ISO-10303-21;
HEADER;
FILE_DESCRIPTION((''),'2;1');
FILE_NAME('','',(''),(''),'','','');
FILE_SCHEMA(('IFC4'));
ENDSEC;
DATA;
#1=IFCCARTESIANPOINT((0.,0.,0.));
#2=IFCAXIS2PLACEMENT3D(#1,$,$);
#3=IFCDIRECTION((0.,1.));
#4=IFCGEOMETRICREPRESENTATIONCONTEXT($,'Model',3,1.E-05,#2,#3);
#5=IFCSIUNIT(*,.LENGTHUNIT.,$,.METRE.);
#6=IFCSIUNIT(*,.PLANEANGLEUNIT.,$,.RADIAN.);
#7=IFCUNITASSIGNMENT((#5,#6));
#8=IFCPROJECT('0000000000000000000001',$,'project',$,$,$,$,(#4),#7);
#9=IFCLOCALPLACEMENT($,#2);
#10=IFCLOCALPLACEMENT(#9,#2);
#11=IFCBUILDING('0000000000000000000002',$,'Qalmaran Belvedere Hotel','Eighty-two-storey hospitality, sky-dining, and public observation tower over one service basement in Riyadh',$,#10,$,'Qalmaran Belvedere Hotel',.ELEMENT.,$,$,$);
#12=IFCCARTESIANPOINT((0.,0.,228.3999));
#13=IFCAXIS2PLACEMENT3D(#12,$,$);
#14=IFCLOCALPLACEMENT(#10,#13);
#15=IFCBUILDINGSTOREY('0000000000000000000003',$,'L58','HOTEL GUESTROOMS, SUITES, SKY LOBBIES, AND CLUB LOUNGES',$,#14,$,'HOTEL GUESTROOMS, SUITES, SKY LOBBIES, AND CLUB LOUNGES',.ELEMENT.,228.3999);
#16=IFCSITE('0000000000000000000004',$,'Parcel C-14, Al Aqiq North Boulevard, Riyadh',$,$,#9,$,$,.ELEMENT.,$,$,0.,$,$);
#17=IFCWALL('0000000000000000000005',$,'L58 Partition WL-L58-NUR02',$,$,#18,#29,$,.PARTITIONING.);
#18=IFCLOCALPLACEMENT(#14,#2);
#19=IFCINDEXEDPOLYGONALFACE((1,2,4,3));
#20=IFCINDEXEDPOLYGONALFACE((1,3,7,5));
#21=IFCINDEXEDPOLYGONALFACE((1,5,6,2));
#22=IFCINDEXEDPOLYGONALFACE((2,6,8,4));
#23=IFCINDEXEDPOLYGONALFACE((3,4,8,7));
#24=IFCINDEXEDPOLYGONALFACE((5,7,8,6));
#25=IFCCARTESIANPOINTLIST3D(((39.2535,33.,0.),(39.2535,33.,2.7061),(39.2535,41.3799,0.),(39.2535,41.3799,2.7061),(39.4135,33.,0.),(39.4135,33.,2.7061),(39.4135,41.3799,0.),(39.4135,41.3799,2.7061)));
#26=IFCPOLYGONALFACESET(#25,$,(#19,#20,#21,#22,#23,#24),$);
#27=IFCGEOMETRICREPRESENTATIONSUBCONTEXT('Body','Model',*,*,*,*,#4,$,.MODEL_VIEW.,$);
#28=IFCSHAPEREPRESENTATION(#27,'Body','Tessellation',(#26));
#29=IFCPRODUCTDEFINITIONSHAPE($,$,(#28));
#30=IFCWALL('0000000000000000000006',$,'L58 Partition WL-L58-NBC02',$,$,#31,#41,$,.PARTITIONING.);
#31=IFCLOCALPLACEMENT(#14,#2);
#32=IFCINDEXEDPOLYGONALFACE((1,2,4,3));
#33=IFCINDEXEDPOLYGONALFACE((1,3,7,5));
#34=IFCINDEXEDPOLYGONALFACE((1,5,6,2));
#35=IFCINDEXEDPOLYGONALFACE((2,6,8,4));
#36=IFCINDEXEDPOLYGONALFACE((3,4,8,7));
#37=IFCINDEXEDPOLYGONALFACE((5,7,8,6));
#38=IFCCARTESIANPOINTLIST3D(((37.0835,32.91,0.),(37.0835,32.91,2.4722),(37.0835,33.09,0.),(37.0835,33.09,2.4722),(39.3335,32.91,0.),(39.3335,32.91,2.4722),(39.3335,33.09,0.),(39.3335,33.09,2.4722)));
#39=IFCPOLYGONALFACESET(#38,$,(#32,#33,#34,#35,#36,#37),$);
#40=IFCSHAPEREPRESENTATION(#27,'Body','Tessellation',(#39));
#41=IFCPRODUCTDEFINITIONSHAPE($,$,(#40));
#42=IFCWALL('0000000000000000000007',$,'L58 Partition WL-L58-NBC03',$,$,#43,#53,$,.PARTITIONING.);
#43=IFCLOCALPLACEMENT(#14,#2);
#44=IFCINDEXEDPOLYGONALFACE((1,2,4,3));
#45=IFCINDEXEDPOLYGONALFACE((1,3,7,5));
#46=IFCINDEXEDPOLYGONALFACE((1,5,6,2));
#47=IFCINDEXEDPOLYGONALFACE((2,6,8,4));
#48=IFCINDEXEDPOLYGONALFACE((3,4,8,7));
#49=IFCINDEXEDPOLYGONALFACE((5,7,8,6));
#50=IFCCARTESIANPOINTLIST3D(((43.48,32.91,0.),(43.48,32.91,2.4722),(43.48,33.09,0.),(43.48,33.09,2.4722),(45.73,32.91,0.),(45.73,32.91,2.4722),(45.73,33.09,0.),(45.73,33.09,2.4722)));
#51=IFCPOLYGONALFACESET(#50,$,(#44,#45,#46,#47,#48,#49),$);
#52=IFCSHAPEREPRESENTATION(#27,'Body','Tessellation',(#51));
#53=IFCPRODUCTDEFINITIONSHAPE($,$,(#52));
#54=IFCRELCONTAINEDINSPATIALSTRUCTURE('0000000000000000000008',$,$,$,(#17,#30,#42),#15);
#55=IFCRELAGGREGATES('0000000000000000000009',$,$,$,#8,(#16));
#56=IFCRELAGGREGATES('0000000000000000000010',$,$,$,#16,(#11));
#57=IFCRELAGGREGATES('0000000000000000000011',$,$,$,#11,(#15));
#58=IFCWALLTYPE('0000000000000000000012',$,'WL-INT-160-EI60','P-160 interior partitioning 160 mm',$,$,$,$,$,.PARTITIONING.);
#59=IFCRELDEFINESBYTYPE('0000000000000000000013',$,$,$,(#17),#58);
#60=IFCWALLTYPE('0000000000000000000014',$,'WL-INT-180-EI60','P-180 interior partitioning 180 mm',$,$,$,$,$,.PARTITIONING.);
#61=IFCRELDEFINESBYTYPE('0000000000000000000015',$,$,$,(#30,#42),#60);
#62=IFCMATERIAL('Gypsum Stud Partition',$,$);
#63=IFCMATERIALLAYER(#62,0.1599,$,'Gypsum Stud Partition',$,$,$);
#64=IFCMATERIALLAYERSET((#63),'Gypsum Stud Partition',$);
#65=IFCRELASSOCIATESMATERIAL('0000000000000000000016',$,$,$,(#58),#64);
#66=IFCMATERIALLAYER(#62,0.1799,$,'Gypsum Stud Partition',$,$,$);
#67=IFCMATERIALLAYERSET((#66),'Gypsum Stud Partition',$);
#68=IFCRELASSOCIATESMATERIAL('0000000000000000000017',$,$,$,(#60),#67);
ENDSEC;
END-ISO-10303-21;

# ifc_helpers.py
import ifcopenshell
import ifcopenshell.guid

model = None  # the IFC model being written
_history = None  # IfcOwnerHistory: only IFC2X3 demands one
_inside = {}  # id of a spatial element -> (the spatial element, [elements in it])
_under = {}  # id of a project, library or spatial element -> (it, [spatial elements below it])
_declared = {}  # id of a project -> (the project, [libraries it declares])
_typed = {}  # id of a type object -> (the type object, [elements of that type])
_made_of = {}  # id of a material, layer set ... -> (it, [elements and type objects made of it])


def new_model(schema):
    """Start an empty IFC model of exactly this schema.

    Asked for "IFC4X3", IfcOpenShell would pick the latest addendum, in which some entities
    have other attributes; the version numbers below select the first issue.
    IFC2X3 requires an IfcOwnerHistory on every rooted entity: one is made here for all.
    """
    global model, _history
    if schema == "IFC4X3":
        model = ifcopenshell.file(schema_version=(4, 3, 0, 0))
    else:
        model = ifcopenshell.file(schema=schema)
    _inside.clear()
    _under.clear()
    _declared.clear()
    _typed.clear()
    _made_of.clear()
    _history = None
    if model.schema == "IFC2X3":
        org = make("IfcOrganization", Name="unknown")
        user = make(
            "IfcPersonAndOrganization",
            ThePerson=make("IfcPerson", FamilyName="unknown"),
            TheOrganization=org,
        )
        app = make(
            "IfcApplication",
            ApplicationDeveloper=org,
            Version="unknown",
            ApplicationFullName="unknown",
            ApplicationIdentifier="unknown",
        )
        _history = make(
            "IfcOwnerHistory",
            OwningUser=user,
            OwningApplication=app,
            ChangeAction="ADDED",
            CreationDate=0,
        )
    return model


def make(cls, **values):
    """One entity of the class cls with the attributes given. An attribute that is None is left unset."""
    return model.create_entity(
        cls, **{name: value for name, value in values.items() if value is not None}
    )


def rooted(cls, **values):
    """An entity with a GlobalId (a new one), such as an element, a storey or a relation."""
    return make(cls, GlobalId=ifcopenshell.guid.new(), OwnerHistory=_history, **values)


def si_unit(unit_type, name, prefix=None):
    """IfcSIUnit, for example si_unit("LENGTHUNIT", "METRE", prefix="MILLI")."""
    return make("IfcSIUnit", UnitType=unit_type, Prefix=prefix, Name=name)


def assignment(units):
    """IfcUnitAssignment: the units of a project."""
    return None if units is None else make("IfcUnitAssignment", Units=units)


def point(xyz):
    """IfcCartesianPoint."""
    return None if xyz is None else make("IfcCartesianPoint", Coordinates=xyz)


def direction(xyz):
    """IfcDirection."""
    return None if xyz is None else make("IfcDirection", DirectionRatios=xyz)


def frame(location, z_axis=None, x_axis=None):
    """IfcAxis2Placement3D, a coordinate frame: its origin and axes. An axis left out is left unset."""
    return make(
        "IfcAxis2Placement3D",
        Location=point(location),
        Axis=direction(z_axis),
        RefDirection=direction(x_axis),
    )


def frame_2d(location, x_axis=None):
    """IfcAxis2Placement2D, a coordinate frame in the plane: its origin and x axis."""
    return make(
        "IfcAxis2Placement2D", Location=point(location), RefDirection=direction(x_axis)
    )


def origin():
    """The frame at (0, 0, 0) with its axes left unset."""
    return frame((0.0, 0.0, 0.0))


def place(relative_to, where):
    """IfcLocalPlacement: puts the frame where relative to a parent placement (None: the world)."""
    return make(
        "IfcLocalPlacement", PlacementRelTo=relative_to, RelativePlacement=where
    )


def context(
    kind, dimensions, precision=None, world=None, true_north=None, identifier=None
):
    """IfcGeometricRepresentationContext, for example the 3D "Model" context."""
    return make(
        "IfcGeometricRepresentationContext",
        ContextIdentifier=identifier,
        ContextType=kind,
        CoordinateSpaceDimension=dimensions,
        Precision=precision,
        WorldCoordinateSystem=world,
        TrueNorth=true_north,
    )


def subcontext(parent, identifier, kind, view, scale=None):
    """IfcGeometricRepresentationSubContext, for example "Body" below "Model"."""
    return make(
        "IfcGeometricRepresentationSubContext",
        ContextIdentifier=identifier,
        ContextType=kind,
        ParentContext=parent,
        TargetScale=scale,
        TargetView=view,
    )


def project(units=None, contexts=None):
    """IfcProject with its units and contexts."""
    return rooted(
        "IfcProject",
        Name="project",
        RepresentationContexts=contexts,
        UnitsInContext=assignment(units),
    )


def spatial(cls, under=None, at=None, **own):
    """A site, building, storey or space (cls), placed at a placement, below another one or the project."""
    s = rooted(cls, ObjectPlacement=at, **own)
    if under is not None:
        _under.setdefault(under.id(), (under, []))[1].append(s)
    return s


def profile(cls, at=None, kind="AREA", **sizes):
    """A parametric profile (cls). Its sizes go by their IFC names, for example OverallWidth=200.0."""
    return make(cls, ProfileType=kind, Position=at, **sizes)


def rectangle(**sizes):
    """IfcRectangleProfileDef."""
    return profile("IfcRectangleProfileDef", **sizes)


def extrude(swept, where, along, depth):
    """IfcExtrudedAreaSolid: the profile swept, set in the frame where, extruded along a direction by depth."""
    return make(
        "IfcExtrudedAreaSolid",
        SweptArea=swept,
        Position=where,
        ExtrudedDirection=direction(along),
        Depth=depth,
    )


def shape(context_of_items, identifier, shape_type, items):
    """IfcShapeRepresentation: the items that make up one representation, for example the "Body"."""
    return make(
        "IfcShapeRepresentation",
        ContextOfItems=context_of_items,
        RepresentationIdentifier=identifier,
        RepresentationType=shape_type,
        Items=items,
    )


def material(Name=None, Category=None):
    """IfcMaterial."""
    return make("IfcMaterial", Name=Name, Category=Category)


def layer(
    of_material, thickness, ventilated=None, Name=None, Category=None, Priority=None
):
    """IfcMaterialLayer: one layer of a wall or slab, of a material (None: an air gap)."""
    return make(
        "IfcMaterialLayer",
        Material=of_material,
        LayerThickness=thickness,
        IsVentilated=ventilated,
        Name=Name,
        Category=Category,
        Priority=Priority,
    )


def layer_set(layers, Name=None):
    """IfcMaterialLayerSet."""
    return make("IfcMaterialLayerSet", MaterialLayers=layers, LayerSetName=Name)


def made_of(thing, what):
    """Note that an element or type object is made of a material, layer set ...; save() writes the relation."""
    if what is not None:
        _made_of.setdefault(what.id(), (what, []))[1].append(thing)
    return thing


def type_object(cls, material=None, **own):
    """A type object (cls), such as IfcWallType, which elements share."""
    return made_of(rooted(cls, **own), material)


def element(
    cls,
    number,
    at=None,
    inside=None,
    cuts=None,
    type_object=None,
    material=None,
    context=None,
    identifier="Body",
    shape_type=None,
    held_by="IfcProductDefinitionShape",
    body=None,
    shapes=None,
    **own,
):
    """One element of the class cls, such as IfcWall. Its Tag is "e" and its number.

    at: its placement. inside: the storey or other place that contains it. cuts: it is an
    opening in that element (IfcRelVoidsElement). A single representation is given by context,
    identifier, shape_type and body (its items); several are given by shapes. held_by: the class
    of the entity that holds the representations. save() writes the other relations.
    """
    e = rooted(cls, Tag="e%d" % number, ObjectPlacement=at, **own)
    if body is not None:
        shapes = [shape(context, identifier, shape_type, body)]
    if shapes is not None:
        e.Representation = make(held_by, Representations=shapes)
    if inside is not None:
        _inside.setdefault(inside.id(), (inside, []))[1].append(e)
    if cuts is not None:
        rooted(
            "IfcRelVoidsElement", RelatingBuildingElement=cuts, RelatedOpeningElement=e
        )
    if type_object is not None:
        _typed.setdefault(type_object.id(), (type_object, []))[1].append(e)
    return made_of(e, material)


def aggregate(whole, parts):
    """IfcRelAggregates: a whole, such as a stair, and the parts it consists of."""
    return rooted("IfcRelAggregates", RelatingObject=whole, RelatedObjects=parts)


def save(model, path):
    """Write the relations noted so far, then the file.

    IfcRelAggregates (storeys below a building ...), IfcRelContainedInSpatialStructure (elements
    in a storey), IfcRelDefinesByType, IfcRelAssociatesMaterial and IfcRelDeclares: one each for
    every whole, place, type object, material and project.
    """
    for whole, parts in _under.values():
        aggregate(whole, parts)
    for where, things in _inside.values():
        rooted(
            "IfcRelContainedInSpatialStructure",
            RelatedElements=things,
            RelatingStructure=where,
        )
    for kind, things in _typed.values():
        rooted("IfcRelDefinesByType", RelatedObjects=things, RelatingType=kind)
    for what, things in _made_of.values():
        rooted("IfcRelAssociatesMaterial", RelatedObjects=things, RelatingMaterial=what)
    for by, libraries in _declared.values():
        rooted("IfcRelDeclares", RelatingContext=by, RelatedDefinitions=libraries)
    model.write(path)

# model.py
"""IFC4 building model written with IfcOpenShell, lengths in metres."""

from ifc_helpers import new_model, si_unit, direction, frame, frame_2d, origin, place, context, subcontext, project, spatial, rectangle, extrude, material, layer, layer_set, type_object, element, save


model = new_model("IFC4")

# Units and contexts
model_context = context("Model", 3, precision=1e-05, world=origin(), true_north=direction((0.0, 1.0)))
body_context = subcontext(model_context, "Body", "Model", "MODEL_VIEW")
ifc_project = project(units=[si_unit("LENGTHUNIT", "METRE"), si_unit("PLANEANGLEUNIT", "RADIAN")], contexts=[model_context])

# Site, building, storey
site_placement = place(None, origin())
site = spatial("IfcSite", under=ifc_project, at=site_placement, Name="Parcel C-14, Al Aqiq North Boulevard, Riyadh", CompositionType="ELEMENT", RefElevation=0.0)
building_placement = place(site_placement, origin())
building = spatial("IfcBuilding", under=site, at=building_placement, Name="Qalmaran Belvedere Hotel", Description="Eighty-two-storey hospitality, sky-dining, and public observation tower over one service basement in Riyadh", LongName="Qalmaran Belvedere Hotel", CompositionType="ELEMENT")
storey_placement = place(building_placement, frame((0.0, 0.0, 228.3999)))
storey = spatial("IfcBuildingStorey", under=building, at=storey_placement, Name="L58", Description="HOTEL GUESTROOMS, SUITES, SKY LOBBIES, AND CLUB LOUNGES", LongName="HOTEL GUESTROOMS, SUITES, SKY LOBBIES, AND CLUB LOUNGES", CompositionType="ELEMENT", Elevation=228.3999)

# Walls
ifc_material_1 = material(Name="Gypsum Stud Partition")
ifc_layer_1 = layer(ifc_material_1, 0.1599, Name="Gypsum Stud Partition")
ifc_layer_set_1 = layer_set([ifc_layer_1], Name="Gypsum Stud Partition")
wall_type_1 = type_object("IfcWallType", Name="WL-INT-160-EI60", Description="P-160 interior partitioning 160 mm", PredefinedType="PARTITIONING", material=ifc_layer_set_1)
wall_1_placement = place(storey_placement, frame((39.3335, 33.0, 0.0), z_axis=(0.0, 0.0, 1.0), x_axis=(0.0, 1.0, 0.0)))
element("IfcWall", 1, at=wall_1_placement, inside=storey, type_object=wall_type_1, Name="L58 Partition WL-L58-NUR02", PredefinedType="PARTITIONING", context=body_context, shape_type="SweptSolid", body=[
    extrude(rectangle(XDim=8.3799, YDim=0.1599, at=frame_2d((4.1899, 0.0))), origin(), (0.0, 0.0, 1.0), 2.7061),
])
ifc_layer_2 = layer(ifc_material_1, 0.1799, Name="Gypsum Stud Partition")
ifc_layer_set_2 = layer_set([ifc_layer_2], Name="Gypsum Stud Partition")
wall_type_2 = type_object("IfcWallType", Name="WL-INT-180-EI60", Description="P-180 interior partitioning 180 mm", PredefinedType="PARTITIONING", material=ifc_layer_set_2)
for number, where, z_axis, x_axis, name in (
    (2, (37.0835, 33.0, 0.0), (0.0, 0.0, 1.0), (1.0, 0.0, 0.0), "L58 Partition WL-L58-NBC02"),
    (3, (43.48, 33.0, 0.0), (0.0, 0.0, 1.0), (1.0, 0.0, 0.0), "L58 Partition WL-L58-NBC03"),
):
    element("IfcWall", number, at=place(storey_placement, frame(where, z_axis=z_axis, x_axis=x_axis)), inside=storey, type_object=wall_type_2, Name=name, PredefinedType="PARTITIONING", context=body_context, shape_type="SweptSolid", body=[
        extrude(rectangle(XDim=2.25, YDim=0.1799, at=frame_2d((1.125, 0.0))), origin(), (0.0, 0.0, 1.0), 2.4722),
    ])

save(model, "model.ifc")
